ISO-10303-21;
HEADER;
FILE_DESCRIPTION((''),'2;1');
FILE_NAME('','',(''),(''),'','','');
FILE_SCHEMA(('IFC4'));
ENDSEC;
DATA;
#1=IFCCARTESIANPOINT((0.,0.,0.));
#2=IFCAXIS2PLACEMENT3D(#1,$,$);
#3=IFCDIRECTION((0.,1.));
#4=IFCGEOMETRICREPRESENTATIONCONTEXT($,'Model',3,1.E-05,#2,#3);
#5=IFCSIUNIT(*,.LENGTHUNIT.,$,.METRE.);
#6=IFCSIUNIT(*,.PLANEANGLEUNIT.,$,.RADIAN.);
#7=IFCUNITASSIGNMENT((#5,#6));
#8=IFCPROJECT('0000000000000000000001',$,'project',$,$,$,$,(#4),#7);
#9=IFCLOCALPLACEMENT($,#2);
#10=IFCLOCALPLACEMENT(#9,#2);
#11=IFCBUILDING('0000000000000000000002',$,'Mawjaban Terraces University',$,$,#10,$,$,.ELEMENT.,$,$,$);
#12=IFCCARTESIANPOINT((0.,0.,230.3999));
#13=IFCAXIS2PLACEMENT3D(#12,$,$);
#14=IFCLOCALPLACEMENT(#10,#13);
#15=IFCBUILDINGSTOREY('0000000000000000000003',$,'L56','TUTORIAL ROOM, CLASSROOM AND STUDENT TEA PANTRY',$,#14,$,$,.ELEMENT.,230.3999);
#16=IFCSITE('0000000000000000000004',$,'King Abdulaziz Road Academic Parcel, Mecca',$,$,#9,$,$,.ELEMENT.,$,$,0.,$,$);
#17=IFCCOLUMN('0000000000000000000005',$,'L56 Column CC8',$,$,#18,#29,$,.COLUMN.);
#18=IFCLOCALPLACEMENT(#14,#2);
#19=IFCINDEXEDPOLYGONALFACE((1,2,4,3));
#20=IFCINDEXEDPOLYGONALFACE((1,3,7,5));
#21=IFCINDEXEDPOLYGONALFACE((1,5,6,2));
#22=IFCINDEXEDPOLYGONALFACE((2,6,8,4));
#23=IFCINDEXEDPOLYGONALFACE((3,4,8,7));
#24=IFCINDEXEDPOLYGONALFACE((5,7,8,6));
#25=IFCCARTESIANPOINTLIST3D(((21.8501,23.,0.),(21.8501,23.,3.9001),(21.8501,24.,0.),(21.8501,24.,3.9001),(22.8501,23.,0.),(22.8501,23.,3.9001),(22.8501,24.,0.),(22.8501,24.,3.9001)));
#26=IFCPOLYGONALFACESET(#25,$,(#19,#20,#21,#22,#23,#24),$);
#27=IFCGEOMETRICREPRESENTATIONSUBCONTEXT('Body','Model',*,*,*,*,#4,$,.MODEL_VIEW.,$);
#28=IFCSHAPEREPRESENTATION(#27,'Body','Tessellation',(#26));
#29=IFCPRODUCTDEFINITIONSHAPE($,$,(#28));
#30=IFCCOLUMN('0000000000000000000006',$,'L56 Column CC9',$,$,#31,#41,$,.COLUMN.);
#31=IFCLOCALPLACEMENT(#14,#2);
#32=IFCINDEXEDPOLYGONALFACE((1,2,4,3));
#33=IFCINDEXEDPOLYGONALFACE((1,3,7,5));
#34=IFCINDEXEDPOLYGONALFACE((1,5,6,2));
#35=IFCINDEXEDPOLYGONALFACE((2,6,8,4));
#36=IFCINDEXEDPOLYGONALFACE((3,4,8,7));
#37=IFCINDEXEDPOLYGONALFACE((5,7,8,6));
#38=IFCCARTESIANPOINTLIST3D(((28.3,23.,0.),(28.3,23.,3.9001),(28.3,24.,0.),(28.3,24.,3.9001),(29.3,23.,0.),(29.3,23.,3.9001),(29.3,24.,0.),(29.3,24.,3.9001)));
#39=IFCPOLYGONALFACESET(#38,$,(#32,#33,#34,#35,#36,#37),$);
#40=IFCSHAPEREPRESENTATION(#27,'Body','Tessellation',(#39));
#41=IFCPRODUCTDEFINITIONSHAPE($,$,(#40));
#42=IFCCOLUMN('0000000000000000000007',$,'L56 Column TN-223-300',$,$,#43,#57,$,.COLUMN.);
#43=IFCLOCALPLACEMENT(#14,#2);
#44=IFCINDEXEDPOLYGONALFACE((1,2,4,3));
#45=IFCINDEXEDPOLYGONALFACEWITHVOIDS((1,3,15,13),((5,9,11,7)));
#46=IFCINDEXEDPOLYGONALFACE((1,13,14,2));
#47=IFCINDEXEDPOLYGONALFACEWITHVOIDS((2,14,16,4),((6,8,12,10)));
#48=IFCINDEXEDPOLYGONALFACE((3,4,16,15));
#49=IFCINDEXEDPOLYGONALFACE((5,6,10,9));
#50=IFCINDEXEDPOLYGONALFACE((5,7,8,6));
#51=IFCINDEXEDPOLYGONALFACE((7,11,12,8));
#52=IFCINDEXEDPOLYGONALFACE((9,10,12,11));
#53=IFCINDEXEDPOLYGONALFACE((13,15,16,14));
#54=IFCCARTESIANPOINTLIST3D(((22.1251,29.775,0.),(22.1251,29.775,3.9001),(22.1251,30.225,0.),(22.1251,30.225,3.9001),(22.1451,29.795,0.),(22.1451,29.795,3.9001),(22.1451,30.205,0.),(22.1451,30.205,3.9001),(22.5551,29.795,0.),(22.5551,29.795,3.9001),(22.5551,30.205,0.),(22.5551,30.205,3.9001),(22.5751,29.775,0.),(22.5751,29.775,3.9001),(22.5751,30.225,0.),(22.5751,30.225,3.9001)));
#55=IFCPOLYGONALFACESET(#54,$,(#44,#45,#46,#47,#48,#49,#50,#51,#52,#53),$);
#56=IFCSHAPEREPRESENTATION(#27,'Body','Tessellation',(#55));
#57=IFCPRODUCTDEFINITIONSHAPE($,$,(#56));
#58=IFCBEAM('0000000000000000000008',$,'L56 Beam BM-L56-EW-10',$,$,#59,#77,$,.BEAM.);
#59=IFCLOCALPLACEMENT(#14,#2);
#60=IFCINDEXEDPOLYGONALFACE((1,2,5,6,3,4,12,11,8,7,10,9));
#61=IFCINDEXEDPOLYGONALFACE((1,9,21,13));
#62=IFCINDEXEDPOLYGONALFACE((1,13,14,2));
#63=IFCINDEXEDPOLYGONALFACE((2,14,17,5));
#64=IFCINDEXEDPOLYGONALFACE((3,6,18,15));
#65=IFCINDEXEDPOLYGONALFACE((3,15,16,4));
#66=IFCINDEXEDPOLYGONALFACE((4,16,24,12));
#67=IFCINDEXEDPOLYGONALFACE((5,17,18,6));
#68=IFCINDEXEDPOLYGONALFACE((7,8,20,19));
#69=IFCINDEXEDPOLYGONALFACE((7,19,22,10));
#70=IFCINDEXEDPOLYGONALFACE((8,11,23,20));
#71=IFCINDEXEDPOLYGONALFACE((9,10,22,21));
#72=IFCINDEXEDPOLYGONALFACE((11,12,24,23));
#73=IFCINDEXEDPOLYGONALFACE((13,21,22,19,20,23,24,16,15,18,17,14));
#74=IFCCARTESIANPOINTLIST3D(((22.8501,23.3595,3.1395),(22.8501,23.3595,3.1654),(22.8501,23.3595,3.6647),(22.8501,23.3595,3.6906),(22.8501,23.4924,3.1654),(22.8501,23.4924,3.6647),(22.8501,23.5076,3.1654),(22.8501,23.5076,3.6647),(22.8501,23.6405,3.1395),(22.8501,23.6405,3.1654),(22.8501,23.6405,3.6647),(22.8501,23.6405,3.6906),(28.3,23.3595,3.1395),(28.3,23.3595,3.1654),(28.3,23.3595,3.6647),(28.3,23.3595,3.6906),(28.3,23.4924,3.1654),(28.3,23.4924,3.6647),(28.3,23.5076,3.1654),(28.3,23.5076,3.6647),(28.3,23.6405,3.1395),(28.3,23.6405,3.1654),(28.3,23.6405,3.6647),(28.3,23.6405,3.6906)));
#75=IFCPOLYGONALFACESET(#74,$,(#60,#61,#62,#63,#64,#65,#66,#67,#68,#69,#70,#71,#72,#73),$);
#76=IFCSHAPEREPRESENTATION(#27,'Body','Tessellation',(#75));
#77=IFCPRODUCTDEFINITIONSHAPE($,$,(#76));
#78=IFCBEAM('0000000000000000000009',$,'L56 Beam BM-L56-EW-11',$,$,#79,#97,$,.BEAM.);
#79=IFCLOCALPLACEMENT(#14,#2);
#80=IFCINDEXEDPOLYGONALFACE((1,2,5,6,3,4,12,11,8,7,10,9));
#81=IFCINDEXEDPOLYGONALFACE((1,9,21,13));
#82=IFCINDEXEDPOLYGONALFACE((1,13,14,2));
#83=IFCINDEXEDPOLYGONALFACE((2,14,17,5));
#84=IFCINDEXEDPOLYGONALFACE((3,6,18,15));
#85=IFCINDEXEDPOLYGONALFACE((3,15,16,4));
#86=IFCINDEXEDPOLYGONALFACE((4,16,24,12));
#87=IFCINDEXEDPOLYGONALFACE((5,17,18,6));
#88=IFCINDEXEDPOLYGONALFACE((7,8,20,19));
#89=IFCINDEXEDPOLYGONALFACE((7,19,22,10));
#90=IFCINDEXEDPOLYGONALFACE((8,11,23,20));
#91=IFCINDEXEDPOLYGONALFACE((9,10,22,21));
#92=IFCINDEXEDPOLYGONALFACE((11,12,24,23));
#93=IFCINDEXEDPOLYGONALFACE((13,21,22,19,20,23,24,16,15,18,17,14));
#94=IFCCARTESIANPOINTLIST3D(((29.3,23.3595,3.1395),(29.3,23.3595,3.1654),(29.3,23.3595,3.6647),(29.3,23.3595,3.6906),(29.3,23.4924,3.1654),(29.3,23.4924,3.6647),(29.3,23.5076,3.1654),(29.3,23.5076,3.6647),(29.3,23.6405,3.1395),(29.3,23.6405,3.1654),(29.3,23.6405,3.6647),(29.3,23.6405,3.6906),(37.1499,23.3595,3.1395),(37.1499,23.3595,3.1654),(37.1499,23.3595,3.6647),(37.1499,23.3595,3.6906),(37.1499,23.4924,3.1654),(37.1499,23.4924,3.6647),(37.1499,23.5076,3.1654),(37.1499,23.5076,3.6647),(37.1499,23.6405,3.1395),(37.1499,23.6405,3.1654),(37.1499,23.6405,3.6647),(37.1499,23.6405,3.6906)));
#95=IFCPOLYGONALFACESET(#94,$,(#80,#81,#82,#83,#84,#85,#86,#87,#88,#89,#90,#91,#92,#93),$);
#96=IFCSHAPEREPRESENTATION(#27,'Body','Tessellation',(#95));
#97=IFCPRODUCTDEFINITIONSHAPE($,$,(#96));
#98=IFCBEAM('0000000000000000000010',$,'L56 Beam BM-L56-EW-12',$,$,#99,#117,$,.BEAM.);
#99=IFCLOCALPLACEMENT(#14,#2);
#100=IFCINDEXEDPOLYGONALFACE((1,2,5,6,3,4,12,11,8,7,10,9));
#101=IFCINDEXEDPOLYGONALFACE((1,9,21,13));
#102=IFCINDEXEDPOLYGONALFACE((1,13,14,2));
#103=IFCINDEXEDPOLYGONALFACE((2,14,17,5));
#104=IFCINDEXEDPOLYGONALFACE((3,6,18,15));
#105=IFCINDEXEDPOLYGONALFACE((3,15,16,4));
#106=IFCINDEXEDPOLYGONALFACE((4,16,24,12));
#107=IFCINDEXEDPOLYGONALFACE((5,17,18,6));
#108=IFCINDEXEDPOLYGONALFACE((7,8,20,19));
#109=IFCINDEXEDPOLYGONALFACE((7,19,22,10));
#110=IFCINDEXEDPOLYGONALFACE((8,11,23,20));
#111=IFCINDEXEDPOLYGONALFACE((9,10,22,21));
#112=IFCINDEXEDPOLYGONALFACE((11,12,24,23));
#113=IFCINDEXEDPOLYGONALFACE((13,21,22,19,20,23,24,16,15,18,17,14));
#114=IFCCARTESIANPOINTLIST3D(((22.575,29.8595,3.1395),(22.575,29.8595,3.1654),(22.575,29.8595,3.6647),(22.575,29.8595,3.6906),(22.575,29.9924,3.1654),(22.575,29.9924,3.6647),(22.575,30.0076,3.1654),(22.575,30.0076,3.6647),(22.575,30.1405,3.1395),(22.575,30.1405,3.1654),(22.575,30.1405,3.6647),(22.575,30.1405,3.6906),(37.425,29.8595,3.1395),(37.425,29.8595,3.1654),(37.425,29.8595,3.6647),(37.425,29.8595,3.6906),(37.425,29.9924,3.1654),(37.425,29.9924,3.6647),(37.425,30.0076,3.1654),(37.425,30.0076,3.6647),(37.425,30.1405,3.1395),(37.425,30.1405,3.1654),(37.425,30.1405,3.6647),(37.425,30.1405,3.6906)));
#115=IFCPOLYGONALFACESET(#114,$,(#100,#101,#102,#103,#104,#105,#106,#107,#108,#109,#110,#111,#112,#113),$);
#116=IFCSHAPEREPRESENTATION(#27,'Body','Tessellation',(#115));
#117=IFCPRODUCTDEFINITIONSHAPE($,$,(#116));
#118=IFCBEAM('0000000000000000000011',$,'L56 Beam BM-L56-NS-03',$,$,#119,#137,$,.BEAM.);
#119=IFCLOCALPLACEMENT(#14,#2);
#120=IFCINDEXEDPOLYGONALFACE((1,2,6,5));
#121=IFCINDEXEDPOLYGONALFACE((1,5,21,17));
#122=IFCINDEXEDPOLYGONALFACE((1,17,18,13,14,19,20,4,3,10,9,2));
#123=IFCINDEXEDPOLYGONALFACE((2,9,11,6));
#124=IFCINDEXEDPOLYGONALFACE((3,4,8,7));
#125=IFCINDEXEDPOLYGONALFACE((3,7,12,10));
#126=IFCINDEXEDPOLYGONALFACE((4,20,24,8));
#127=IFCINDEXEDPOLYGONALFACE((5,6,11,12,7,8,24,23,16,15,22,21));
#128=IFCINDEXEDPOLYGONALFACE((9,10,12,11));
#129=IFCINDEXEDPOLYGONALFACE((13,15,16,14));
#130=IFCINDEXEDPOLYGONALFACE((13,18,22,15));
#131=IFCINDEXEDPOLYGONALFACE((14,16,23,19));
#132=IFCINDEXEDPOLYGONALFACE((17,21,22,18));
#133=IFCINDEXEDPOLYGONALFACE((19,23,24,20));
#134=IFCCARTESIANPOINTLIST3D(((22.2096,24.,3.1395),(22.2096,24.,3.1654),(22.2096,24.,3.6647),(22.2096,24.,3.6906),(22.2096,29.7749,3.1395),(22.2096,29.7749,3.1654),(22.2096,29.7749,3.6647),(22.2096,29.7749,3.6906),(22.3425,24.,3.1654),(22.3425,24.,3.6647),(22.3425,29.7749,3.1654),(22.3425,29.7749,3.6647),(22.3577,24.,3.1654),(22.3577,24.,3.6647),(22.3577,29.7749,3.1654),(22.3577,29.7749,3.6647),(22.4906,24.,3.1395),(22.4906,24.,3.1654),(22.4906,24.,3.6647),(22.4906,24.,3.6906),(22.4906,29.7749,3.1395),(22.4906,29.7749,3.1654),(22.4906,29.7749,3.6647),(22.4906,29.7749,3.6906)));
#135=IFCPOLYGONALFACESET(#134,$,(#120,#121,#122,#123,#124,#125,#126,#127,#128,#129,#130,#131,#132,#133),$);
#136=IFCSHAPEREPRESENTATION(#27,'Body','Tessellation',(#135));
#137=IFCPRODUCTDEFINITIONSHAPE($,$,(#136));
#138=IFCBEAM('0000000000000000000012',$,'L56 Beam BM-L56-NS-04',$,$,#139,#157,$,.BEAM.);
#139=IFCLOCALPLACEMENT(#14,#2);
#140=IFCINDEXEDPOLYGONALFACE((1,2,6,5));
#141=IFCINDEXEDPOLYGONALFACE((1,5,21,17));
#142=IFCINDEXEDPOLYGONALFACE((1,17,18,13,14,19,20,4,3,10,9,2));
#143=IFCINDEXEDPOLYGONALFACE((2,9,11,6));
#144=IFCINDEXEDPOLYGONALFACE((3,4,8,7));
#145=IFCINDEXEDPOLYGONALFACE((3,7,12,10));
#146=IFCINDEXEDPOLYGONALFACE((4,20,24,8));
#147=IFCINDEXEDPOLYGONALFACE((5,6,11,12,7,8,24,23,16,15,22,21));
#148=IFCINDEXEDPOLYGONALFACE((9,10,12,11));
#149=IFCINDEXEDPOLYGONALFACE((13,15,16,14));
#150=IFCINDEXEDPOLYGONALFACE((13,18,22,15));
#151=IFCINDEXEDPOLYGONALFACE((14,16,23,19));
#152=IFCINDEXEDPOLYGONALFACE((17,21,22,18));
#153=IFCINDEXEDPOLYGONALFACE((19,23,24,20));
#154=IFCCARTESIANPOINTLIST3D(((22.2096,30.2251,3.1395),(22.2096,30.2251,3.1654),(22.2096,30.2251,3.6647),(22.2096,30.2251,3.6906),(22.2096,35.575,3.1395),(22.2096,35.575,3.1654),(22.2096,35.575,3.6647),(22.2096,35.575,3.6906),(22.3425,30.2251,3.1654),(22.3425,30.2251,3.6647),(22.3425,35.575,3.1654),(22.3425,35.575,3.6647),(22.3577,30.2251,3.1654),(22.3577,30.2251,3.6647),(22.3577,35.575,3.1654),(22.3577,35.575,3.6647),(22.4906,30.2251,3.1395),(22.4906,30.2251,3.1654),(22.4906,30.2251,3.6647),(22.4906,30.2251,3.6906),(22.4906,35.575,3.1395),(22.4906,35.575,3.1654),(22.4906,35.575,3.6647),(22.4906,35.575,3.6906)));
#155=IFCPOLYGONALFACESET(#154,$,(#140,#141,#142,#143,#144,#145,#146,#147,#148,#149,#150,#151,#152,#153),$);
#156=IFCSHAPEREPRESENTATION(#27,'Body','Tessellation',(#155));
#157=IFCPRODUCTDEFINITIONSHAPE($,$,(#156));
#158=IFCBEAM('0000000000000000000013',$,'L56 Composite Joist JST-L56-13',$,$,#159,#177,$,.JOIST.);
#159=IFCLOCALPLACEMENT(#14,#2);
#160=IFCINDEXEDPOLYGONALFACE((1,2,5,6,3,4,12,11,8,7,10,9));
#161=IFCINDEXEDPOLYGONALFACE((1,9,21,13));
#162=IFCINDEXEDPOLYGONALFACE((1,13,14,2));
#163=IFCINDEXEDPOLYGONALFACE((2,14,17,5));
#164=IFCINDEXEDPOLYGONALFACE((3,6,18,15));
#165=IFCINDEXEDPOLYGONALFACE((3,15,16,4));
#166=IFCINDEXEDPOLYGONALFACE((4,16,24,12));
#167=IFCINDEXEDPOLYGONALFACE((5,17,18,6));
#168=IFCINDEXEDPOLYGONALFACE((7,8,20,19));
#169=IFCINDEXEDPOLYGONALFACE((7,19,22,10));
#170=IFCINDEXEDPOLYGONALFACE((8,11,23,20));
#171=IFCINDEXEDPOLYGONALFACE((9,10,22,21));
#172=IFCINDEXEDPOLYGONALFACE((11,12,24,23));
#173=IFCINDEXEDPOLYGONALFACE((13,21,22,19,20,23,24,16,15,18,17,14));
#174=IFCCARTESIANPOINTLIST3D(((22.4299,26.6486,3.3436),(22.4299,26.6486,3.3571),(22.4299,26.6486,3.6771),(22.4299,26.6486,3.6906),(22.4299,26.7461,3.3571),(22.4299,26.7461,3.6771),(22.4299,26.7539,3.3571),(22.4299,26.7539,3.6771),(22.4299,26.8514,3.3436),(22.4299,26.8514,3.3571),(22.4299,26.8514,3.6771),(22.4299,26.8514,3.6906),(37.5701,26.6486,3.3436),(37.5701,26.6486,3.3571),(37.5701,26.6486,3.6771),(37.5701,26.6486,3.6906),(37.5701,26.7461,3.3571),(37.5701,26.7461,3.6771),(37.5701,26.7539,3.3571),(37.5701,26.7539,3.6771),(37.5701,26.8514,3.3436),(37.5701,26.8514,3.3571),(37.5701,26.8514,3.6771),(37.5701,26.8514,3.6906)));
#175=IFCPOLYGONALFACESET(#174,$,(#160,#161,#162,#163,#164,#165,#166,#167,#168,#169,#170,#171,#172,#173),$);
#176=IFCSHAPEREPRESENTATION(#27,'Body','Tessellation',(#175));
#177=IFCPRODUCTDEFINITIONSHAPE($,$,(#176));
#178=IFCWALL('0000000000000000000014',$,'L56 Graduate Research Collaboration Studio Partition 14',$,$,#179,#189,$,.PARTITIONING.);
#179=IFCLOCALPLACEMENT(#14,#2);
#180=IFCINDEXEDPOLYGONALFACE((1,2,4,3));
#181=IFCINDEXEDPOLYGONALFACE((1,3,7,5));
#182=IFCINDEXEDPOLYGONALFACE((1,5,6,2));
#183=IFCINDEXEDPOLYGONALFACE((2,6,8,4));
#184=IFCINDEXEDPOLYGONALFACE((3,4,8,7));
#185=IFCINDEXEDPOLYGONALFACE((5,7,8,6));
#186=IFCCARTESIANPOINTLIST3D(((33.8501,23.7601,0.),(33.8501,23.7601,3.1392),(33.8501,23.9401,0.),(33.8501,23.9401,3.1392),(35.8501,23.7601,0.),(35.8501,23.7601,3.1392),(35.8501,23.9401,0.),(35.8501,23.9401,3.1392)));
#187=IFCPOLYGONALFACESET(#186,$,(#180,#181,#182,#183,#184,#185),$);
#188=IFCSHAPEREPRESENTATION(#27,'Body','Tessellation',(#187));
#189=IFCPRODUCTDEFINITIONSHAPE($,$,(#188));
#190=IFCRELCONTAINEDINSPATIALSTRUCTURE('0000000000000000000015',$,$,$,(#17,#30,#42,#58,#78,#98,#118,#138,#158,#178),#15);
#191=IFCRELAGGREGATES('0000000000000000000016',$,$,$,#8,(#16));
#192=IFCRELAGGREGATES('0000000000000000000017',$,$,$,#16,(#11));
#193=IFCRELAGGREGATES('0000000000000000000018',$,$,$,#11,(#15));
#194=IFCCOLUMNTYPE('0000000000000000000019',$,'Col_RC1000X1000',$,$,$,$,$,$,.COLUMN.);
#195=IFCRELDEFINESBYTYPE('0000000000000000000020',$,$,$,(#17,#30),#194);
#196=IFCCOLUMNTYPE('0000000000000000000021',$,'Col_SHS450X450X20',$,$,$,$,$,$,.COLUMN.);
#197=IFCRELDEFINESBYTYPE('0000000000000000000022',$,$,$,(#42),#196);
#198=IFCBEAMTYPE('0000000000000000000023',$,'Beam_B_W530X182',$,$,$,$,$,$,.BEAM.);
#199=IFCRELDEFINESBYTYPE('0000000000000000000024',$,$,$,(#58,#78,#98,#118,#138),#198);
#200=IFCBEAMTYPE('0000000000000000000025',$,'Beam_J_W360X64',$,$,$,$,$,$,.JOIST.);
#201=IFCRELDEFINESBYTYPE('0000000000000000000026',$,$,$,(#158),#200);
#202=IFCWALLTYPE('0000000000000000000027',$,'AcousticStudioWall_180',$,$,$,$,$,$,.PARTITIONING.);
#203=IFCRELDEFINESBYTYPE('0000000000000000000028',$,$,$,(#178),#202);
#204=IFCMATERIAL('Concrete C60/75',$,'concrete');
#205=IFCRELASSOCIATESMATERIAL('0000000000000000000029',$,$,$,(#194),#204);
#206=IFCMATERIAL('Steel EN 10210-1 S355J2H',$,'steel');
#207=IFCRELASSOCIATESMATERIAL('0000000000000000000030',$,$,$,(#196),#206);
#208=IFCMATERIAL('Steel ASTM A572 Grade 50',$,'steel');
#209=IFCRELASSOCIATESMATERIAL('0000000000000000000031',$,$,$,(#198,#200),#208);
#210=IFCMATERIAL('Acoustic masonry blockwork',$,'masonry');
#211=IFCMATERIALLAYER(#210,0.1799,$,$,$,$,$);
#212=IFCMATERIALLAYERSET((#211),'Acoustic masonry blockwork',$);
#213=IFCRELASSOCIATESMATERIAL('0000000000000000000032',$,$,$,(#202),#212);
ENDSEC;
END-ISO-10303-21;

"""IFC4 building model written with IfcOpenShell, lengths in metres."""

from ifc_helpers import new_model, si_unit, direction, frame, frame_2d, origin, origin_2d, place, context, subcontext, project, spatial, rectangle, hollow_rectangle, i_section, extrude, material, layer, layer_set, material_profile, profile_set, type_object, element, save


model = new_model("IFC4")

# Units and contexts
model_context = context("Model", 3, precision=1e-05, world=origin(), true_north=direction((0.0, 1.0)))
body_context = subcontext(model_context, "Body", "Model", "MODEL_VIEW")
ifc_project = project(units=[si_unit("LENGTHUNIT", "METRE"), si_unit("PLANEANGLEUNIT", "RADIAN")], contexts=[model_context])

# Site, building, storey
site_placement = place(None, origin())
site = spatial("IfcSite", under=ifc_project, at=site_placement, Name="King Abdulaziz Road Academic Parcel, Mecca", CompositionType="ELEMENT", RefElevation=0.0)
building_placement = place(site_placement, origin())
building = spatial("IfcBuilding", under=site, at=building_placement, Name="Mawjaban Terraces University", CompositionType="ELEMENT")
storey_placement = place(building_placement, frame((0.0, 0.0, 230.3999)))
storey = spatial("IfcBuildingStorey", under=building, at=storey_placement, Name="L56", Description="TUTORIAL ROOM, CLASSROOM AND STUDENT TEA PANTRY", CompositionType="ELEMENT", Elevation=230.3999)

# Columns
ifc_material_1 = material(Name="Concrete C60/75", Category="concrete")
ifc_material_profile_1 = material_profile(ifc_material_1, rectangle(XDim=1.0, YDim=1.0, at=origin_2d()), Name="RC1000X1000")
ifc_profile_set_1 = profile_set([ifc_material_profile_1], Name="Concrete C60/75")
column_type_1 = type_object("IfcColumnType", Name="Col_RC1000X1000", PredefinedType="COLUMN", material=ifc_profile_set_1)
for number, where, z_axis, x_axis, name in (
    (1, (22.3501, 23.5, 0.0), (0.0, 0.0, 1.0), (1.0, 0.0, 0.0), "L56 Column CC8"),
    (2, (28.8, 23.5, 0.0), (0.0, 0.0, 1.0), (1.0, 0.0, 0.0), "L56 Column CC9"),
):
    element("IfcColumn", number, at=place(storey_placement, frame(where, z_axis=z_axis, x_axis=x_axis)), inside=storey, type_object=column_type_1, Name=name, PredefinedType="COLUMN", context=body_context, shape_type="SweptSolid", body=[
        extrude(rectangle(XDim=1.0, YDim=1.0, at=origin_2d()), origin(), (0.0, 0.0, 1.0), 3.9001),
    ])
ifc_material_2 = material(Name="Steel EN 10210-1 S355J2H", Category="steel")
ifc_material_profile_2 = material_profile(ifc_material_2, hollow_rectangle(XDim=0.45, YDim=0.45, WallThickness=0.02, at=origin_2d()), Name="SHS450X450X20")
ifc_profile_set_2 = profile_set([ifc_material_profile_2], Name="Steel EN 10210-1 S355J2H")
column_type_2 = type_object("IfcColumnType", Name="Col_SHS450X450X20", PredefinedType="COLUMN", material=ifc_profile_set_2)
column_placement = place(storey_placement, frame((22.3501, 30.0, 0.0), z_axis=(0.0, 0.0, 1.0), x_axis=(1.0, 0.0, 0.0)))
element("IfcColumn", 3, at=column_placement, inside=storey, type_object=column_type_2, Name="L56 Column TN-223-300", PredefinedType="COLUMN", context=body_context, shape_type="SweptSolid", body=[
    extrude(hollow_rectangle(XDim=0.45, YDim=0.45, WallThickness=0.02, at=origin_2d()), origin(), (0.0, 0.0, 1.0), 3.9001),
])

# Beams
ifc_material_3 = material(Name="Steel ASTM A572 Grade 50", Category="steel")
ifc_material_profile_3 = material_profile(ifc_material_3, i_section(OverallWidth=0.281, OverallDepth=0.551, WebThickness=0.0151, FlangeThickness=0.0259, at=origin_2d()), Name="W530X182")
ifc_profile_set_3 = profile_set([ifc_material_profile_3], Name="Steel ASTM A572 Grade 50")
beam_type_1 = type_object("IfcBeamType", Name="Beam_B_W530X182", PredefinedType="BEAM", material=ifc_profile_set_3)
beam_1_placement = place(storey_placement, frame((22.8501, 23.5, 3.415), z_axis=(1.0, 0.0, 0.0), x_axis=(0.0, 1.0, 0.0)))
element("IfcBeam", 4, at=beam_1_placement, inside=storey, type_object=beam_type_1, Name="L56 Beam BM-L56-EW-10", PredefinedType="BEAM", context=body_context, shape_type="SweptSolid", body=[
    extrude(i_section(OverallWidth=0.281, OverallDepth=0.551, WebThickness=0.0151, FlangeThickness=0.0259, at=origin_2d()), origin(), (0.0, 0.0, 1.0), 5.45),
])
beam_2_placement = place(storey_placement, frame((29.3, 23.5, 3.415), z_axis=(1.0, 0.0, 0.0), x_axis=(0.0, 1.0, 0.0)))
element("IfcBeam", 5, at=beam_2_placement, inside=storey, type_object=beam_type_1, Name="L56 Beam BM-L56-EW-11", PredefinedType="BEAM", context=body_context, shape_type="SweptSolid", body=[
    extrude(i_section(OverallWidth=0.281, OverallDepth=0.551, WebThickness=0.0151, FlangeThickness=0.0259, at=origin_2d()), origin(), (0.0, 0.0, 1.0), 7.8499),
])
beam_3_placement = place(storey_placement, frame((22.575, 30.0, 3.415), z_axis=(1.0, 0.0, 0.0), x_axis=(0.0, 1.0, 0.0)))
element("IfcBeam", 6, at=beam_3_placement, inside=storey, type_object=beam_type_1, Name="L56 Beam BM-L56-EW-12", PredefinedType="BEAM", context=body_context, shape_type="SweptSolid", body=[
    extrude(i_section(OverallWidth=0.281, OverallDepth=0.551, WebThickness=0.0151, FlangeThickness=0.0259, at=origin_2d()), origin(), (0.0, 0.0, 1.0), 14.8501),
])
beam_4_placement = place(storey_placement, frame((22.3501, 24.0, 3.415), z_axis=(0.0, 1.0, 0.0), x_axis=(-1.0, 0.0, 0.0)))
element("IfcBeam", 7, at=beam_4_placement, inside=storey, type_object=beam_type_1, Name="L56 Beam BM-L56-NS-03", PredefinedType="BEAM", context=body_context, shape_type="SweptSolid", body=[
    extrude(i_section(OverallWidth=0.281, OverallDepth=0.551, WebThickness=0.0151, FlangeThickness=0.0259, at=origin_2d()), origin(), (0.0, 0.0, 1.0), 5.7749),
])
beam_5_placement = place(storey_placement, frame((22.3501, 30.2251, 3.415), z_axis=(0.0, 1.0, 0.0), x_axis=(-1.0, 0.0, 0.0)))
element("IfcBeam", 8, at=beam_5_placement, inside=storey, type_object=beam_type_1, Name="L56 Beam BM-L56-NS-04", PredefinedType="BEAM", context=body_context, shape_type="SweptSolid", body=[
    extrude(i_section(OverallWidth=0.281, OverallDepth=0.551, WebThickness=0.0151, FlangeThickness=0.0259, at=origin_2d()), origin(), (0.0, 0.0, 1.0), 5.3499),
])
ifc_material_profile_4 = material_profile(ifc_material_3, i_section(OverallWidth=0.2029, OverallDepth=0.3469, WebThickness=0.0078, FlangeThickness=0.0134, at=origin_2d()), Name="W360X64")
ifc_profile_set_4 = profile_set([ifc_material_profile_4], Name="Steel ASTM A572 Grade 50")
beam_type_2 = type_object("IfcBeamType", Name="Beam_J_W360X64", PredefinedType="JOIST", material=ifc_profile_set_4)
beam_6_placement = place(storey_placement, frame((22.4299, 26.75, 3.5171), z_axis=(1.0, 0.0, 0.0), x_axis=(0.0, 1.0, 0.0)))
element("IfcBeam", 9, at=beam_6_placement, inside=storey, type_object=beam_type_2, Name="L56 Composite Joist JST-L56-13", PredefinedType="JOIST", context=body_context, shape_type="SweptSolid", body=[
    extrude(i_section(OverallWidth=0.2029, OverallDepth=0.3469, WebThickness=0.0078, FlangeThickness=0.0134, at=origin_2d()), origin(), (0.0, 0.0, 1.0), 15.1401),
])

# Wall
ifc_material_4 = material(Name="Acoustic masonry blockwork", Category="masonry")
ifc_layer_1 = layer(ifc_material_4, 0.1799)
ifc_layer_set_1 = layer_set([ifc_layer_1], Name="Acoustic masonry blockwork")
wall_type_1 = type_object("IfcWallType", Name="AcousticStudioWall_180", PredefinedType="PARTITIONING", material=ifc_layer_set_1)
wall_1_placement = place(storey_placement, frame((35.8501, 23.8501, 0.0), z_axis=(0.0, 0.0, 1.0), x_axis=(-1.0, 0.0, 0.0)))
element("IfcWall", 10, at=wall_1_placement, inside=storey, type_object=wall_type_1, Name="L56 Graduate Research Collaboration Studio Partition 14", PredefinedType="PARTITIONING", context=body_context, shape_type="SweptSolid", body=[
    extrude(rectangle(XDim=2.0, YDim=0.1799, at=frame_2d((1.0, 0.0))), origin(), (0.0, 0.0, 1.0), 3.1392),
])

save(model, "model.ifc")
